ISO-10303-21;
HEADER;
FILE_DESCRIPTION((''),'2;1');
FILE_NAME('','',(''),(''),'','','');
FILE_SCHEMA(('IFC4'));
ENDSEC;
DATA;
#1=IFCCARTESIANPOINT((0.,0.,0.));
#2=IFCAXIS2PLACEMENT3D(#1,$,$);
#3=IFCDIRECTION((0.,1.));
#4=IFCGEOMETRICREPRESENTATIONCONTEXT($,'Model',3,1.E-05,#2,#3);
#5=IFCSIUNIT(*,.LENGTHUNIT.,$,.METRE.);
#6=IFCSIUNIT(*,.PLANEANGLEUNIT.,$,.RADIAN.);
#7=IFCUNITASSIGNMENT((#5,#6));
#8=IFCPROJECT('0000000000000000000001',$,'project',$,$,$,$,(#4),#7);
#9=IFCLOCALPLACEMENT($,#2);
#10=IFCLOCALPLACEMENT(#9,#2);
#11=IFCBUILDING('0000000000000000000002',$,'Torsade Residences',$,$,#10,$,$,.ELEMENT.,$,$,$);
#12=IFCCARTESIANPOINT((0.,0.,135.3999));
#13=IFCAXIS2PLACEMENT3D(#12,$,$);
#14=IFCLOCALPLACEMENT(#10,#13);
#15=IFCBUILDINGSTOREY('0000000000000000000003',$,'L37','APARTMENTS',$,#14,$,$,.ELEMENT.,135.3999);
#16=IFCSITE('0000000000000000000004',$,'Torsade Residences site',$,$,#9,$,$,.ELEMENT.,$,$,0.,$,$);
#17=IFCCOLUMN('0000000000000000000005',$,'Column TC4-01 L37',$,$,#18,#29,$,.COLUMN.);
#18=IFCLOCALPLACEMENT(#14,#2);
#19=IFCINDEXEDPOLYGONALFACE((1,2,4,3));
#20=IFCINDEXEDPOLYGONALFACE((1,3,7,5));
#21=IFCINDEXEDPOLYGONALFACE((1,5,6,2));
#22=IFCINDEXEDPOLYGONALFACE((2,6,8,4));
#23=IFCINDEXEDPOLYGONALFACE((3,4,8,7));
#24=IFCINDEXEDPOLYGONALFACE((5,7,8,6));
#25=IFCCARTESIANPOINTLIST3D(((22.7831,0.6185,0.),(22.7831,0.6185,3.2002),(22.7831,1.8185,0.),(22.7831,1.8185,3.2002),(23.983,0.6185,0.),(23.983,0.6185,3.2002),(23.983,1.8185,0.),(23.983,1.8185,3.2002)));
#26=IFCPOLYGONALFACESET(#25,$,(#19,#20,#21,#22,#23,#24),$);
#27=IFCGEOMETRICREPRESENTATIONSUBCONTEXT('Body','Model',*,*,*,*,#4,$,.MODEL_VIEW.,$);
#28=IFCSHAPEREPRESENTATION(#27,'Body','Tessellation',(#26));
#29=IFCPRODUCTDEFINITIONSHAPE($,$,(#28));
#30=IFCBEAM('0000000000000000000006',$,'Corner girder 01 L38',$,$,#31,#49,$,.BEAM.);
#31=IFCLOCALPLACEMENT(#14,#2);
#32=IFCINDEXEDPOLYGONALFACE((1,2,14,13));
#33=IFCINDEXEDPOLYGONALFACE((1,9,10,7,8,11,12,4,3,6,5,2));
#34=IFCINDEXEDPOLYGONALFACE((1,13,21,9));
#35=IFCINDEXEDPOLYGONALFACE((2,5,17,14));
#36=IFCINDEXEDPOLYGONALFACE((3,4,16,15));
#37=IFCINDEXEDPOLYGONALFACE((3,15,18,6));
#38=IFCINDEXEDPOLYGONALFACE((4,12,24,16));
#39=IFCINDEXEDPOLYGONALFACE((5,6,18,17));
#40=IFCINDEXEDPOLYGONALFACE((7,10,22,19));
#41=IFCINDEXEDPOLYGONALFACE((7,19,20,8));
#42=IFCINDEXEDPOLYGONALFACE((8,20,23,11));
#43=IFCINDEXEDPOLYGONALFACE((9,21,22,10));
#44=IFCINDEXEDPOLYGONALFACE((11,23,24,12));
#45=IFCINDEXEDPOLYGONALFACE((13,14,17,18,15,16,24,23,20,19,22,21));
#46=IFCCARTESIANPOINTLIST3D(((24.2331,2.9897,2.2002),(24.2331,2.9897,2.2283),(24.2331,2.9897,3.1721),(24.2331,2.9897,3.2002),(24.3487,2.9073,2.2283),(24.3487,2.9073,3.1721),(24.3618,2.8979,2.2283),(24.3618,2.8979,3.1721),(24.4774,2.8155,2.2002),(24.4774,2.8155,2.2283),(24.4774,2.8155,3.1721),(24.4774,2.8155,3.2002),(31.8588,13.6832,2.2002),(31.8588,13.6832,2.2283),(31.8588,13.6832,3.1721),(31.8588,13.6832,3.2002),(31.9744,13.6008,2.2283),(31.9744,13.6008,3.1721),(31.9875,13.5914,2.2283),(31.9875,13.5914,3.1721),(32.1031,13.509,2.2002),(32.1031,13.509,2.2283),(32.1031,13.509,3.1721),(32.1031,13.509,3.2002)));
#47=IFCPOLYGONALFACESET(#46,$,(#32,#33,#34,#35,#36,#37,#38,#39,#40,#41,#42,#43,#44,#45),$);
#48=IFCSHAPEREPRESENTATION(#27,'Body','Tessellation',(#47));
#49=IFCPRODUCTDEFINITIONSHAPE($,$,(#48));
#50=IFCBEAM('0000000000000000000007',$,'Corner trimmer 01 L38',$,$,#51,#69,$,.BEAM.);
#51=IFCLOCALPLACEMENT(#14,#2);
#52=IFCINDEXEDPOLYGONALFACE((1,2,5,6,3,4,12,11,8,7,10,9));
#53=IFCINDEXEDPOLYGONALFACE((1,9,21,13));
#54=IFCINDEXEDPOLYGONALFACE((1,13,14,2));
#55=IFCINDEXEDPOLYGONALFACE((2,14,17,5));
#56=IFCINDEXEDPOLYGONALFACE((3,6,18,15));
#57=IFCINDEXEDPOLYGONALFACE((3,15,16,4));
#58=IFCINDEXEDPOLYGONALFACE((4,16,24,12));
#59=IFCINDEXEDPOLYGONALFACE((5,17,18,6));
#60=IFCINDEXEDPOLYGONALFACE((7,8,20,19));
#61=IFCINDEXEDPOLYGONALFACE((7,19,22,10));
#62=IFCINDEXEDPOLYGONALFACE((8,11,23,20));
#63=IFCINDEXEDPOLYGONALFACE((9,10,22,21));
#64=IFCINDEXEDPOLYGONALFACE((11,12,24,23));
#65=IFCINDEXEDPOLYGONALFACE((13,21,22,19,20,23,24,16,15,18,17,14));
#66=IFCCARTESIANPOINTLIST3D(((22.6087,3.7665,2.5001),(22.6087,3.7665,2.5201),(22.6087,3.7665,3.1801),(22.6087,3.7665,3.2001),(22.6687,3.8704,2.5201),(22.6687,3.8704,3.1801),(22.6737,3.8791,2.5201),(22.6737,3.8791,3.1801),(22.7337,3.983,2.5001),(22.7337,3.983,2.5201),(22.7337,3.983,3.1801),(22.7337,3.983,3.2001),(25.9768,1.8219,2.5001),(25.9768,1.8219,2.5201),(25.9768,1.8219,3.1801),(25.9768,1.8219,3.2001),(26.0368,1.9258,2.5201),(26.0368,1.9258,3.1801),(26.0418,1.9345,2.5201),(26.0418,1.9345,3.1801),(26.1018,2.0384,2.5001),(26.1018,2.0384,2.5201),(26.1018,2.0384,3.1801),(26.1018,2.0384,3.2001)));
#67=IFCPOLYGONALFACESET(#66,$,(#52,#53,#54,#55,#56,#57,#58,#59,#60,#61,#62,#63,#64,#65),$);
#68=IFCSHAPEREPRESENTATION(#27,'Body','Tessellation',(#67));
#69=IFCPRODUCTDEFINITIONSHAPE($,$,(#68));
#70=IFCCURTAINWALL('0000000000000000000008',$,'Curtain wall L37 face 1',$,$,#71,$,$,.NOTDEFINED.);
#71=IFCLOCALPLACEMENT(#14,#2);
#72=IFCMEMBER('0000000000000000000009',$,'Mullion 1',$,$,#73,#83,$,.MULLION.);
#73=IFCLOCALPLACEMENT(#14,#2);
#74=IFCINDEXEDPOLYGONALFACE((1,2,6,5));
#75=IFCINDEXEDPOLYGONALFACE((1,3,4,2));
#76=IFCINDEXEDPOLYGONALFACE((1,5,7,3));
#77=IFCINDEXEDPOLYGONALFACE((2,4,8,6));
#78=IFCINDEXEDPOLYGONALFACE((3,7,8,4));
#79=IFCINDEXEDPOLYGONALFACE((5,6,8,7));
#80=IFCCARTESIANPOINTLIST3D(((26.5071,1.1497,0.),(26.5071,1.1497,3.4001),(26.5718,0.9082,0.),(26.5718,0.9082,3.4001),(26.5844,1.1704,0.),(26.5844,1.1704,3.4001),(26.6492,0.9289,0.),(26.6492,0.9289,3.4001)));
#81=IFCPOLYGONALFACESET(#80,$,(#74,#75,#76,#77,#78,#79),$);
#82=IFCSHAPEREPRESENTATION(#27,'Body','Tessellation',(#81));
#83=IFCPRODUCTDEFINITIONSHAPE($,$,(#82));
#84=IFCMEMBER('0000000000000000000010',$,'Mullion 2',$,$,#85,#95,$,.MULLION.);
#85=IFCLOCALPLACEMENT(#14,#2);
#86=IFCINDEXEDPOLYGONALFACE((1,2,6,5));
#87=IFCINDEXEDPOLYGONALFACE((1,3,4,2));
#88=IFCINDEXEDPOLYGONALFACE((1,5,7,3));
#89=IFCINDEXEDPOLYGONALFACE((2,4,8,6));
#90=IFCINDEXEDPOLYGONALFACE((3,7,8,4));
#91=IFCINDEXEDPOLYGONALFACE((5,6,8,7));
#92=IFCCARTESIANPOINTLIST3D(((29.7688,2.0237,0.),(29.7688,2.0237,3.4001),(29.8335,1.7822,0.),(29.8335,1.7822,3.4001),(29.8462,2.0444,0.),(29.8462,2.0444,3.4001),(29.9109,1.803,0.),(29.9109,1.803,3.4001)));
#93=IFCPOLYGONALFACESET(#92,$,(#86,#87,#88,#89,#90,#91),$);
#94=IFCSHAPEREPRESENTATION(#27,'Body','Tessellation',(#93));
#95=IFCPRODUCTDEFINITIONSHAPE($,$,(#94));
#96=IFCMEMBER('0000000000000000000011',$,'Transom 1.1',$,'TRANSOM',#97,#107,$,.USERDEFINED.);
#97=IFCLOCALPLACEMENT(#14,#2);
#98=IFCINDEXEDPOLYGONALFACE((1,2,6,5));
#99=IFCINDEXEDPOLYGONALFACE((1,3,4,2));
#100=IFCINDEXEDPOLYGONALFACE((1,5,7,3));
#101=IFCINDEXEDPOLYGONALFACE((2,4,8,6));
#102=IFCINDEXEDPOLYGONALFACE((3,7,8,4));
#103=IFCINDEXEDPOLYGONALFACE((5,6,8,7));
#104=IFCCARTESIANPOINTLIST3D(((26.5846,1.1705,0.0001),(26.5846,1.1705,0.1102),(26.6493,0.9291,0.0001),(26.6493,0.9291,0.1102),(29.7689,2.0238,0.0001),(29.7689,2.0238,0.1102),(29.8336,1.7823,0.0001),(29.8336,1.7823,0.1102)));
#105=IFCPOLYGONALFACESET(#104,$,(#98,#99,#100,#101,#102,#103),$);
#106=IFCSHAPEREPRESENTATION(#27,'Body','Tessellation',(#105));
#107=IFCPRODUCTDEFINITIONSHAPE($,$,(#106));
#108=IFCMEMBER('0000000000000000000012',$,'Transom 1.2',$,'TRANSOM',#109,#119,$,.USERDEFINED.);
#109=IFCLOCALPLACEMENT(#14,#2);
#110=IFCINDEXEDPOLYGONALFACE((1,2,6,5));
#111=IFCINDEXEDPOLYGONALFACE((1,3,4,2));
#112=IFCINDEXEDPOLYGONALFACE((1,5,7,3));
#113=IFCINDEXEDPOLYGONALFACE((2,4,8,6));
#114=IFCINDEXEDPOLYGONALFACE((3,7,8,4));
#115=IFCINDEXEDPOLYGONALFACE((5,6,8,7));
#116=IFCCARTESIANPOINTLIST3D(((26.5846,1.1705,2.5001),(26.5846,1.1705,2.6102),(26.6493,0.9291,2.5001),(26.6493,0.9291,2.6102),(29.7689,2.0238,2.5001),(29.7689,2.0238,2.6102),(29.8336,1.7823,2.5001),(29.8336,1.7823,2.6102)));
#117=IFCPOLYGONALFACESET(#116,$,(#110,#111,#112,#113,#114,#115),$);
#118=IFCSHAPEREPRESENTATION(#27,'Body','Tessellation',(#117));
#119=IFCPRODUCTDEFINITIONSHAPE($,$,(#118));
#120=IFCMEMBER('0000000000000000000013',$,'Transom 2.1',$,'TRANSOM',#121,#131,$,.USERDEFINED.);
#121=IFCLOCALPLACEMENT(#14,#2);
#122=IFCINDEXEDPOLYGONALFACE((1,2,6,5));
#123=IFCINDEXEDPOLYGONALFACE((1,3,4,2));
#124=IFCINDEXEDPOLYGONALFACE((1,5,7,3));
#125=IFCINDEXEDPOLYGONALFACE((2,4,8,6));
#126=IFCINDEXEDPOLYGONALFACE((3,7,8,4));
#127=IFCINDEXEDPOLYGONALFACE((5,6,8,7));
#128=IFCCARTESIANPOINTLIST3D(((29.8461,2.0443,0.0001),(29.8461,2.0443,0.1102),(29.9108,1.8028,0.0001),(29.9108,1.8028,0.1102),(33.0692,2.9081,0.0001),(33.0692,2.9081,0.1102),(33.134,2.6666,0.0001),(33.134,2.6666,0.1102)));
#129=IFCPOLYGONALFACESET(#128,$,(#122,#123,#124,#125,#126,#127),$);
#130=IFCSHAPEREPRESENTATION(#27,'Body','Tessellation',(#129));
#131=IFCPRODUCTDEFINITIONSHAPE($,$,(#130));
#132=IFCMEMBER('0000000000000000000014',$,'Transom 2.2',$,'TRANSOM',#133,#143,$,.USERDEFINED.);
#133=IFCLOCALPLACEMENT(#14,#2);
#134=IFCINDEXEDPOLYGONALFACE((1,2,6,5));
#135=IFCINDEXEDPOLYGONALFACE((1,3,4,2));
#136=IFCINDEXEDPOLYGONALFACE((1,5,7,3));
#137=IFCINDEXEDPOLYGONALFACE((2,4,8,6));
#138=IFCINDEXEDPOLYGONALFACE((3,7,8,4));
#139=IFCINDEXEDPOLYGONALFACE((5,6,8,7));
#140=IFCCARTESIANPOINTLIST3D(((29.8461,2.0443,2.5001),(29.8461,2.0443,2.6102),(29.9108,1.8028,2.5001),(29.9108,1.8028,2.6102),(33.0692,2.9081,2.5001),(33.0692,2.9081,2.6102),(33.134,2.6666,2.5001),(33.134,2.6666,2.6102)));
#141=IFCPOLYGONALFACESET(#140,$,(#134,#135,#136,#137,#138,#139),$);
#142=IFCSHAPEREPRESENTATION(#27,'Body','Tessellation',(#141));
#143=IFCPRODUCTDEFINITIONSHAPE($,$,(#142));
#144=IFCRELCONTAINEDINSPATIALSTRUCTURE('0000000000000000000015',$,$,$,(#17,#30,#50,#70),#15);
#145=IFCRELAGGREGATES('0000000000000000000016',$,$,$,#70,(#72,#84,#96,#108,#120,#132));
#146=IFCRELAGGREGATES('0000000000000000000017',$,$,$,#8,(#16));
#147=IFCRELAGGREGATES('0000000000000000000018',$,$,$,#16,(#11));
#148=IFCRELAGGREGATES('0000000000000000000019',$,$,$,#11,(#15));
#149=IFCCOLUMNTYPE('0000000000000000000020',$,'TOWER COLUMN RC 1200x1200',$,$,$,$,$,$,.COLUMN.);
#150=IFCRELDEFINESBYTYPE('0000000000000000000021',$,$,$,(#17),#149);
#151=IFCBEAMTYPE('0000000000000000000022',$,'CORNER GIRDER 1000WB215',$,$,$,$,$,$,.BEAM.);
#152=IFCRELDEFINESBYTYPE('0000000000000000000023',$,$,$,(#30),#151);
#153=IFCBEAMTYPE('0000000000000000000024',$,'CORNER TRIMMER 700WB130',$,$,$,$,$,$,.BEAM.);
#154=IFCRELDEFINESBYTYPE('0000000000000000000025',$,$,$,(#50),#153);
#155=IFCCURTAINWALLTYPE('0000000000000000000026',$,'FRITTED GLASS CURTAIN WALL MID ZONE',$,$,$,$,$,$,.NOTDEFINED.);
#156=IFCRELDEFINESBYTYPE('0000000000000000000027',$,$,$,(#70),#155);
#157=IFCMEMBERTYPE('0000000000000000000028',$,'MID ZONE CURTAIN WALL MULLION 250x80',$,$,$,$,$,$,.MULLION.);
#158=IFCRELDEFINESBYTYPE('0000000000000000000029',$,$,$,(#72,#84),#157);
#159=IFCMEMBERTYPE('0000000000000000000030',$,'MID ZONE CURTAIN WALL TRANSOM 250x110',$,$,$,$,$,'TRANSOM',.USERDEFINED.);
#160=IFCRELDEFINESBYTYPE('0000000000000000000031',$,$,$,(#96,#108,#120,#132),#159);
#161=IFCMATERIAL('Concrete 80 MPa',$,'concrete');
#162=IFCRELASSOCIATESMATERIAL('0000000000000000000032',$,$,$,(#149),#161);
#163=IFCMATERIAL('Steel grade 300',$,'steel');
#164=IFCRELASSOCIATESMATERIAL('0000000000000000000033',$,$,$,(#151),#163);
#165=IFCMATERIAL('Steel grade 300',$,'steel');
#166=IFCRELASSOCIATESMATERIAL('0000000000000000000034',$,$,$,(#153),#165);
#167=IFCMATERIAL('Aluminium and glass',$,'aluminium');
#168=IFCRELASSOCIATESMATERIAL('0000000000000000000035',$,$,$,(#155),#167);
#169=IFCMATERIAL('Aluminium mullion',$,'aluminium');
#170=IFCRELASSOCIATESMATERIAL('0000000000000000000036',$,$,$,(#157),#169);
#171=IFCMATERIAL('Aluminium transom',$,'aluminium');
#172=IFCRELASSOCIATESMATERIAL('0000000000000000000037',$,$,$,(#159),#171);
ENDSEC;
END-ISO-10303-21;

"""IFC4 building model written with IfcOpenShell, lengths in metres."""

from ifc_helpers import new_model, si_unit, direction, frame, origin, origin_2d, place, context, subcontext, project, spatial, rectangle, i_section, extrude, material, material_profile, profile_set, type_object, element, aggregate, save


model = new_model("IFC4")

# Units and contexts
model_context = context("Model", 3, precision=1e-05, world=origin(), true_north=direction((0.0, 1.0)))
body_context = subcontext(model_context, "Body", "Model", "MODEL_VIEW")
ifc_project = project(units=[si_unit("LENGTHUNIT", "METRE"), si_unit("PLANEANGLEUNIT", "RADIAN")], contexts=[model_context])

# Site, building, storey
site_placement = place(None, origin())
site = spatial("IfcSite", under=ifc_project, at=site_placement, Name="Torsade Residences site", CompositionType="ELEMENT", RefElevation=0.0)
building_placement = place(site_placement, origin())
building = spatial("IfcBuilding", under=site, at=building_placement, Name="Torsade Residences", CompositionType="ELEMENT")
storey_placement = place(building_placement, frame((0.0, 0.0, 135.3999)))
storey = spatial("IfcBuildingStorey", under=building, at=storey_placement, Name="L37", Description="APARTMENTS", CompositionType="ELEMENT", Elevation=135.3999)

# Column
ifc_material_1 = material(Name="Concrete 80 MPa", Category="concrete")
ifc_material_profile_1 = material_profile(ifc_material_1, rectangle(XDim=1.2, YDim=1.2, at=origin_2d()), Name="RC 1200x1200")
ifc_profile_set_1 = profile_set([ifc_material_profile_1], Name="Concrete 80 MPa")
column_type = type_object("IfcColumnType", Name="TOWER COLUMN RC 1200x1200", PredefinedType="COLUMN", material=ifc_profile_set_1)
column_placement = place(storey_placement, frame((23.3831, 1.2185, 0.0), z_axis=(0.0, 0.0, 1.0), x_axis=(1.0, 0.0, 0.0)))
element("IfcColumn", 1, at=column_placement, inside=storey, type_object=column_type, Name="Column TC4-01 L37", PredefinedType="COLUMN", context=body_context, shape_type="SweptSolid", body=[
    extrude(rectangle(XDim=1.2, YDim=1.2, at=origin_2d()), origin(), (0.0, 0.0, 1.0), 3.2002),
])

# Beams
ifc_material_2 = material(Name="Steel grade 300", Category="steel")
ifc_material_profile_2 = material_profile(ifc_material_2, i_section(OverallWidth=0.3, OverallDepth=1.0, WebThickness=0.0161, FlangeThickness=0.0281, at=origin_2d()), Name="1000WB215")
ifc_profile_set_2 = profile_set([ifc_material_profile_2], Name="Steel grade 300")
beam_type_1 = type_object("IfcBeamType", Name="CORNER GIRDER 1000WB215", PredefinedType="BEAM", material=ifc_profile_set_2)
beam_1_placement = place(storey_placement, frame((24.3552, 2.9026, 2.7002), z_axis=(0.580605, 0.814185, 0.0), x_axis=(-0.814185, 0.580605, 0.0)))
element("IfcBeam", 2, at=beam_1_placement, inside=storey, type_object=beam_type_1, Name="Corner girder 01 L38", PredefinedType="BEAM", context=body_context, shape_type="SweptSolid", body=[
    extrude(i_section(OverallWidth=0.3, OverallDepth=1.0, WebThickness=0.0161, FlangeThickness=0.0281, at=origin_2d()), origin(), (0.0, 0.0, 1.0), 13.134),
])
ifc_material_3 = material(Name="Steel grade 300", Category="steel")
ifc_material_profile_3 = material_profile(ifc_material_3, i_section(OverallWidth=0.25, OverallDepth=0.7, WebThickness=0.01, FlangeThickness=0.02, at=origin_2d()), Name="700WB130")
ifc_profile_set_3 = profile_set([ifc_material_profile_3], Name="Steel grade 300")
beam_type_2 = type_object("IfcBeamType", Name="CORNER TRIMMER 700WB130", PredefinedType="BEAM", material=ifc_profile_set_3)
beam_2_placement = place(storey_placement, frame((26.0393, 1.9302, 2.8501), z_axis=(-0.866029, 0.499994, 0.0), x_axis=(-0.499994, -0.866029, 0.0)))
element("IfcBeam", 3, at=beam_2_placement, inside=storey, type_object=beam_type_2, Name="Corner trimmer 01 L38", PredefinedType="BEAM", context=body_context, shape_type="SweptSolid", body=[
    extrude(i_section(OverallWidth=0.25, OverallDepth=0.7, WebThickness=0.01, FlangeThickness=0.02, at=origin_2d()), origin(), (0.0, 0.0, 1.0), 3.8892),
])

# Curtain wall, members
ifc_material_4 = material(Name="Aluminium and glass", Category="aluminium")
curtain_wall_type = type_object("IfcCurtainWallType", Name="FRITTED GLASS CURTAIN WALL MID ZONE", PredefinedType="NOTDEFINED", material=ifc_material_4)
curtain_wall_placement = place(storey_placement, origin())
curtain_wall = element("IfcCurtainWall", 4, at=curtain_wall_placement, inside=storey, type_object=curtain_wall_type, Name="Curtain wall L37 face 1", PredefinedType="NOTDEFINED")
ifc_material_5 = material(Name="Aluminium mullion", Category="aluminium")
ifc_material_profile_4 = material_profile(ifc_material_5, rectangle(XDim=0.25, YDim=0.0801, at=origin_2d()), Name="MID ZONE CURTAIN WALL MULLION 250x80")
ifc_profile_set_4 = profile_set([ifc_material_profile_4], Name="Aluminium mullion")
member_type_1 = type_object("IfcMemberType", Name="MID ZONE CURTAIN WALL MULLION 250x80", PredefinedType="MULLION", material=ifc_profile_set_4)
member_1_placement = place(storey_placement, frame((26.5781, 1.0393, 0.0), z_axis=(0.0, 0.0, 1.0), x_axis=(-0.258819, 0.965926, 0.0)))
member_1 = element("IfcMember", 5, at=member_1_placement, type_object=member_type_1, Name="Mullion 1", PredefinedType="MULLION", context=body_context, shape_type="SweptSolid", body=[
    extrude(rectangle(XDim=0.25, YDim=0.0801, at=origin_2d()), origin(), (0.0, 0.0, 1.0), 3.4001),
])
member_2_placement = place(storey_placement, frame((29.8398, 1.9133, 0.0), z_axis=(0.0, 0.0, 1.0), x_axis=(-0.258819, 0.965926, 0.0)))
member_2 = element("IfcMember", 6, at=member_2_placement, type_object=member_type_1, Name="Mullion 2", PredefinedType="MULLION", context=body_context, shape_type="SweptSolid", body=[
    extrude(rectangle(XDim=0.25, YDim=0.0801, at=origin_2d()), origin(), (0.0, 0.0, 1.0), 3.4001),
])
ifc_material_6 = material(Name="Aluminium transom", Category="aluminium")
ifc_material_profile_5 = material_profile(ifc_material_6, rectangle(XDim=0.25, YDim=0.1101, at=origin_2d()), Name="MID ZONE CURTAIN WALL TRANSOM 250x110")
ifc_profile_set_5 = profile_set([ifc_material_profile_5], Name="Aluminium transom")
member_type_2 = type_object("IfcMemberType", Name="MID ZONE CURTAIN WALL TRANSOM 250x110", ElementType="TRANSOM", PredefinedType="USERDEFINED", material=ifc_profile_set_5)
member_3_placement = place(storey_placement, frame((26.6169, 1.0498, 0.0552), z_axis=(0.965923, 0.258829, 0.0), x_axis=(-0.258829, 0.965923, 0.0)))
member_3 = element("IfcMember", 7, at=member_3_placement, type_object=member_type_2, Name="Transom 1.1", ObjectType="TRANSOM", PredefinedType="USERDEFINED", context=body_context, shape_type="SweptSolid", body=[
    extrude(rectangle(XDim=0.25, YDim=0.1101, at=origin_2d()), origin(), (0.0, 0.0, 1.0), 3.2966),
])
member_4_placement = place(storey_placement, frame((26.6169, 1.0498, 2.5552), z_axis=(0.965923, 0.258829, 0.0), x_axis=(-0.258829, 0.965923, 0.0)))
member_4 = element("IfcMember", 8, at=member_4_placement, type_object=member_type_2, Name="Transom 1.2", ObjectType="TRANSOM", PredefinedType="USERDEFINED", context=body_context, shape_type="SweptSolid", body=[
    extrude(rectangle(XDim=0.25, YDim=0.1101, at=origin_2d()), origin(), (0.0, 0.0, 1.0), 3.2966),
])
member_5_placement = place(storey_placement, frame((29.8784, 1.9236, 0.0552), z_axis=(0.965916, 0.258856, 0.0), x_axis=(-0.258856, 0.965916, 0.0)))
member_5 = element("IfcMember", 9, at=member_5_placement, type_object=member_type_2, Name="Transom 2.1", ObjectType="TRANSOM", PredefinedType="USERDEFINED", context=body_context, shape_type="SweptSolid", body=[
    extrude(rectangle(XDim=0.25, YDim=0.1101, at=origin_2d()), origin(), (0.0, 0.0, 1.0), 3.3369),
])
member_6_placement = place(storey_placement, frame((29.8784, 1.9236, 2.5552), z_axis=(0.965916, 0.258856, 0.0), x_axis=(-0.258856, 0.965916, 0.0)))
member_6 = element("IfcMember", 10, at=member_6_placement, type_object=member_type_2, Name="Transom 2.2", ObjectType="TRANSOM", PredefinedType="USERDEFINED", context=body_context, shape_type="SweptSolid", body=[
    extrude(rectangle(XDim=0.25, YDim=0.1101, at=origin_2d()), origin(), (0.0, 0.0, 1.0), 3.3369),
])

aggregate(curtain_wall, [member_1, member_2, member_3, member_4, member_5, member_6])

save(model, "model.ifc")
